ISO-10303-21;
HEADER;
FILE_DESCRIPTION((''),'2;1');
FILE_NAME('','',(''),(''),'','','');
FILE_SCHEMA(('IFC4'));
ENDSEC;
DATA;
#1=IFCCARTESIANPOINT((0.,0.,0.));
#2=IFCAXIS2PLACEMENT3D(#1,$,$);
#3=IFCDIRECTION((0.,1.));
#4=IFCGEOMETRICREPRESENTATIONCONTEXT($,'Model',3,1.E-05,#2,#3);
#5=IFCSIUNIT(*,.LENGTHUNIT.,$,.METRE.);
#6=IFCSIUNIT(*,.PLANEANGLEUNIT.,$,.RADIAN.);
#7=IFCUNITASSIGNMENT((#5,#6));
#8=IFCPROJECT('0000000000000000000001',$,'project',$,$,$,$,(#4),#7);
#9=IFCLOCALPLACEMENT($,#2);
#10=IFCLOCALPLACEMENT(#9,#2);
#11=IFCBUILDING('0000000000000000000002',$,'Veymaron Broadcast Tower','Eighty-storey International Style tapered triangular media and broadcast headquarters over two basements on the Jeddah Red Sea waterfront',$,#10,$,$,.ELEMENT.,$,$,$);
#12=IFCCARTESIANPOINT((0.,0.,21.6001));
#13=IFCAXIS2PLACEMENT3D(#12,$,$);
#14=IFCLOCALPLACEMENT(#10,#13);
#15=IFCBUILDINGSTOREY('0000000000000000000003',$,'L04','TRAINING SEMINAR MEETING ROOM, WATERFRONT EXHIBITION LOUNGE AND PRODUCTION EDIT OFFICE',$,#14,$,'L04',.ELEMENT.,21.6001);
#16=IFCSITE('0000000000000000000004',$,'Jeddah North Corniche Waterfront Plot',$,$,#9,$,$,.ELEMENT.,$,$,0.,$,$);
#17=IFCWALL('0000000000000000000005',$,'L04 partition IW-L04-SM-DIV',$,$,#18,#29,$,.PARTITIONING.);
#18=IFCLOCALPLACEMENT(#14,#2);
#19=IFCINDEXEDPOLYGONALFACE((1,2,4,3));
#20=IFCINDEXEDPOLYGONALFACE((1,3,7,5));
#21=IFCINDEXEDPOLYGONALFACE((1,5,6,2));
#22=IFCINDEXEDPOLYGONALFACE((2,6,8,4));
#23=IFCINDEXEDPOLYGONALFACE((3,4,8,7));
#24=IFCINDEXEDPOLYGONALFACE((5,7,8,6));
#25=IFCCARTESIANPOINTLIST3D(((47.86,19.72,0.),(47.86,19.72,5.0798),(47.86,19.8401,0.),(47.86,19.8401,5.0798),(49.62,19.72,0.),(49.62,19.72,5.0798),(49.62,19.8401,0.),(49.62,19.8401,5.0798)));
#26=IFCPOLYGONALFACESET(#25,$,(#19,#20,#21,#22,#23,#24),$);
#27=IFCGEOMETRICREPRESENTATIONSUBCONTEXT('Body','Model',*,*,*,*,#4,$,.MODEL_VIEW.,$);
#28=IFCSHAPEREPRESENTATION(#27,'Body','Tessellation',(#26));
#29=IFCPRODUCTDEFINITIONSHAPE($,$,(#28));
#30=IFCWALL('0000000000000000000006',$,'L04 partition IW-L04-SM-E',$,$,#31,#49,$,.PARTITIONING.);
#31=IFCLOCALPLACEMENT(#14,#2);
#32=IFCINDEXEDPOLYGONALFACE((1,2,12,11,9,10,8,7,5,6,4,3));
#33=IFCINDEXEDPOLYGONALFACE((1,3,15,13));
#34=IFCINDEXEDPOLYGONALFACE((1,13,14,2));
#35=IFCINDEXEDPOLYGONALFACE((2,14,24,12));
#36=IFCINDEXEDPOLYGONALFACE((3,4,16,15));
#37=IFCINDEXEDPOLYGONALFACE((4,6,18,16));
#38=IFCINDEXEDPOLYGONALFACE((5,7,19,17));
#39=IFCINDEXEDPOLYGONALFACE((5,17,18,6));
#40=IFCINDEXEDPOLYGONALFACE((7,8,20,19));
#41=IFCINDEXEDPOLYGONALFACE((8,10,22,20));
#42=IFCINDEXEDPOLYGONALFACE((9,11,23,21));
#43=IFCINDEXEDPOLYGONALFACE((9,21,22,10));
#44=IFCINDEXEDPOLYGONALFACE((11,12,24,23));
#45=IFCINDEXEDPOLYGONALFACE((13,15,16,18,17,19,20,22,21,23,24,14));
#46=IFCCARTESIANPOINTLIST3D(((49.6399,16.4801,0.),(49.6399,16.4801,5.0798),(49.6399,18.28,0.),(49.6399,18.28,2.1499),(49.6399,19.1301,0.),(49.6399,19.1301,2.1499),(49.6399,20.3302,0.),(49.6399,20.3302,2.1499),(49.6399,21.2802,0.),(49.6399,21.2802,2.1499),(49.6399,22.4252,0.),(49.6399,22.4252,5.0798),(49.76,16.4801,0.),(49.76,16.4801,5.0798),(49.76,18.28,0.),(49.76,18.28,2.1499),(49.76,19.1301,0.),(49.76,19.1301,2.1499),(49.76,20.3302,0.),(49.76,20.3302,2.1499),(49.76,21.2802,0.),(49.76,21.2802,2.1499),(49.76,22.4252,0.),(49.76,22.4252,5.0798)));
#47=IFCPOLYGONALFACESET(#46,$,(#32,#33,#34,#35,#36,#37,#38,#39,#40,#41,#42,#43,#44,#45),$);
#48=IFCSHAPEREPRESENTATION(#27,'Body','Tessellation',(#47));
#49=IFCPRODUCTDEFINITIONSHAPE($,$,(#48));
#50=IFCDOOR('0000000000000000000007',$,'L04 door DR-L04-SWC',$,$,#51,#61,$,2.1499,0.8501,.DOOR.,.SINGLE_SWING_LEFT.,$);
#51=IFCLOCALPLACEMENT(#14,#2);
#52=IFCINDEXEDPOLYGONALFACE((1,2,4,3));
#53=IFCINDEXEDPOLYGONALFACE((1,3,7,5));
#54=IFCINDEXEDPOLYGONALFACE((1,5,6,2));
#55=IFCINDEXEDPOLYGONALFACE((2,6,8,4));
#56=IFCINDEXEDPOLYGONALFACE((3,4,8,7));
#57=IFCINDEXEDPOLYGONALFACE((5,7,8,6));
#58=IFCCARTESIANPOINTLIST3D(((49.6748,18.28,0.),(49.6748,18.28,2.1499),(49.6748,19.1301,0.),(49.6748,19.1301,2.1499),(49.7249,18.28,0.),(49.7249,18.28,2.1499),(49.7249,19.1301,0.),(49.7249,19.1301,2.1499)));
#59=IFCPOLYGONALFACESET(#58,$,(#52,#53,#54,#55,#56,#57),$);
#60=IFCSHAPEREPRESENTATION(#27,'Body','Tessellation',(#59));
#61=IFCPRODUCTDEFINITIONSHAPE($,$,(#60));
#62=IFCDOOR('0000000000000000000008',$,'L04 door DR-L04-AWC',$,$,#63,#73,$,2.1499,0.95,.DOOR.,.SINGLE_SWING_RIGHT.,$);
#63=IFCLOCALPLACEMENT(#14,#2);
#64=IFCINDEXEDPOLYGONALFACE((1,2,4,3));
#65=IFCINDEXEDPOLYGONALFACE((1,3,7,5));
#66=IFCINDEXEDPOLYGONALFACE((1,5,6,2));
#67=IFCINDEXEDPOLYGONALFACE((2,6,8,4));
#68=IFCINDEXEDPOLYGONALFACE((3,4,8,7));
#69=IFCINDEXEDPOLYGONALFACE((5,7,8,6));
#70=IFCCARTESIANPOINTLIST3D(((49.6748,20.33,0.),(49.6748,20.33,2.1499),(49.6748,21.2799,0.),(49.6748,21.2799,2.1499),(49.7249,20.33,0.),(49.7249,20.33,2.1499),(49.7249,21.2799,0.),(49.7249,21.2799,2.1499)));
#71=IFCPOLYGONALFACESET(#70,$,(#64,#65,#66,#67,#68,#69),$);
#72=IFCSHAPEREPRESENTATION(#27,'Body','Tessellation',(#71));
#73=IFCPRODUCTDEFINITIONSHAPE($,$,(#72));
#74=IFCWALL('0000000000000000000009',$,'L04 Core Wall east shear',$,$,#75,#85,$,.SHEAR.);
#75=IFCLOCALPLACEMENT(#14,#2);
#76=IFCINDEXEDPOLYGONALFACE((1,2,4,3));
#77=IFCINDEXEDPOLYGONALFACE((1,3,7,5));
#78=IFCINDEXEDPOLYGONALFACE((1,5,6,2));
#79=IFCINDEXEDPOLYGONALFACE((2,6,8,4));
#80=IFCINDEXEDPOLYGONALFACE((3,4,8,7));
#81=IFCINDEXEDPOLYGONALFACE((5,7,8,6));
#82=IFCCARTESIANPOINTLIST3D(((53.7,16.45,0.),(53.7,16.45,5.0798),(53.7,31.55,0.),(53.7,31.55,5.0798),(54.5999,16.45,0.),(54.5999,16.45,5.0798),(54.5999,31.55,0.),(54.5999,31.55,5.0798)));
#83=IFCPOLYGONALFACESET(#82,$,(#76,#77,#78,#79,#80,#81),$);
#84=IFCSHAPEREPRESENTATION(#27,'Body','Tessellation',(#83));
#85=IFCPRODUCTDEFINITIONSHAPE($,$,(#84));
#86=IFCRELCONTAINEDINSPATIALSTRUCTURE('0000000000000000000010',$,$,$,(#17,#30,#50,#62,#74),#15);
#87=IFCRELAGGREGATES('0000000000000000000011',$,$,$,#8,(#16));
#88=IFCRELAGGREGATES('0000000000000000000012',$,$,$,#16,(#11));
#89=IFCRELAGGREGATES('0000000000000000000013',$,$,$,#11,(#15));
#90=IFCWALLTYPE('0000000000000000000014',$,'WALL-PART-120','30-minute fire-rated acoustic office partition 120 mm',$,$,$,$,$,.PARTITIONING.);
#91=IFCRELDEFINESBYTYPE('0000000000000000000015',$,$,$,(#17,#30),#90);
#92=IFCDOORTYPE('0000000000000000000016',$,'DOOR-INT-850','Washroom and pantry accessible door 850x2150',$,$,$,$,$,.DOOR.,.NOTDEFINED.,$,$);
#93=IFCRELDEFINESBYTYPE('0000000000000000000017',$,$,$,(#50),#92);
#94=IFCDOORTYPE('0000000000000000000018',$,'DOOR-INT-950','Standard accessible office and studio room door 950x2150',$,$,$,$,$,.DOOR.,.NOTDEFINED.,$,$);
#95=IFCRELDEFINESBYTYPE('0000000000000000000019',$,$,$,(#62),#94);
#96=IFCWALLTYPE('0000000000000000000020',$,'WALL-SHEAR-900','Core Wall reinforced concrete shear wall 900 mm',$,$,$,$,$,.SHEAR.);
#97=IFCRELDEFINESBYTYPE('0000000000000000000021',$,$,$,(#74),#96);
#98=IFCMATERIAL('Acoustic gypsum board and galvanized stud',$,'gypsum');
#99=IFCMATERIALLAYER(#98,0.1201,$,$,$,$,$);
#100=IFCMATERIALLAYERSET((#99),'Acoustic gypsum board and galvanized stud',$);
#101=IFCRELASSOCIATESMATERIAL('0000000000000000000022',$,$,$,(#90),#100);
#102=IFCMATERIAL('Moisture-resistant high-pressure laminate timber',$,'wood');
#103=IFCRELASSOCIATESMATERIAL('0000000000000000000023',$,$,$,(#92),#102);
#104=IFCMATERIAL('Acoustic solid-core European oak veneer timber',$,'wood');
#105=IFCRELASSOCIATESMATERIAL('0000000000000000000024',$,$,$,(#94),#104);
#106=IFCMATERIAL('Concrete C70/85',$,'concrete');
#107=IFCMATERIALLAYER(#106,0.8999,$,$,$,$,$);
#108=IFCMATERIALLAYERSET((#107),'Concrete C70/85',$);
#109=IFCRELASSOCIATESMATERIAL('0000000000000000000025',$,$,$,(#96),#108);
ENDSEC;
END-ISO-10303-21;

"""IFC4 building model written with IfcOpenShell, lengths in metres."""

from ifc_helpers import new_model, si_unit, direction, frame, frame_2d, origin, place, context, subcontext, project, spatial, rectangle, extrude, material, layer, layer_set, type_object, element, fill, save


model = new_model("IFC4")

# Units and contexts
model_context = context("Model", 3, precision=1e-05, world=origin(), true_north=direction((0.0, 1.0)))
body_context = subcontext(model_context, "Body", "Model", "MODEL_VIEW")
ifc_project = project(units=[si_unit("LENGTHUNIT", "METRE"), si_unit("PLANEANGLEUNIT", "RADIAN")], contexts=[model_context])

# Site, building, storey
site_placement = place(None, origin())
site = spatial("IfcSite", under=ifc_project, at=site_placement, Name="Jeddah North Corniche Waterfront Plot", CompositionType="ELEMENT", RefElevation=0.0)
building_placement = place(site_placement, origin())
building = spatial("IfcBuilding", under=site, at=building_placement, Name="Veymaron Broadcast Tower", Description="Eighty-storey International Style tapered triangular media and broadcast headquarters over two basements on the Jeddah Red Sea waterfront", CompositionType="ELEMENT")
storey_placement = place(building_placement, frame((0.0, 0.0, 21.6001)))
storey = spatial("IfcBuildingStorey", under=building, at=storey_placement, Name="L04", Description="TRAINING SEMINAR MEETING ROOM, WATERFRONT EXHIBITION LOUNGE AND PRODUCTION EDIT OFFICE", LongName="L04", CompositionType="ELEMENT", Elevation=21.6001)

# Wall
ifc_material_1 = material(Name="Acoustic gypsum board and galvanized stud", Category="gypsum")
ifc_layer_1 = layer(ifc_material_1, 0.1201)
ifc_layer_set_1 = layer_set([ifc_layer_1], Name="Acoustic gypsum board and galvanized stud")
wall_type_1 = type_object("IfcWallType", Name="WALL-PART-120", Description="30-minute fire-rated acoustic office partition 120 mm", PredefinedType="PARTITIONING", material=ifc_layer_set_1)
wall_1_placement = place(storey_placement, frame((47.8601, 19.78, 0.0), z_axis=(0.0, 0.0, 1.0), x_axis=(1.0, 0.0, 0.0)))
element("IfcWall", 1, at=wall_1_placement, inside=storey, type_object=wall_type_1, Name="L04 partition IW-L04-SM-DIV", PredefinedType="PARTITIONING", context=body_context, shape_type="SweptSolid", body=[
    extrude(rectangle(XDim=1.76, YDim=0.1201, at=frame_2d((0.8799, 0.0))), origin(), (0.0, 0.0, 1.0), 5.0798),
])

# Wall, openings, doors
wall_2_placement = place(storey_placement, frame((49.7, 16.48, 0.0), z_axis=(0.0, 0.0, 1.0), x_axis=(0.0, 1.0, 0.0)))
wall_2 = element("IfcWall", 2, at=wall_2_placement, inside=storey, type_object=wall_type_1, Name="L04 partition IW-L04-SM-E", PredefinedType="PARTITIONING", context=body_context, shape_type="SweptSolid", body=[
    extrude(rectangle(XDim=5.9451, YDim=0.1201, at=frame_2d((2.9727, 0.0))), origin(), (0.0, 0.0, 1.0), 5.0798),
])
opening_1_placement = place(wall_2_placement, frame((1.8, 0.0, 0.0)))
opening_1 = element("IfcOpeningElement", 3, at=opening_1_placement, cuts=wall_2, PredefinedType="OPENING", context=body_context, shape_type="SweptSolid", body=[
    extrude(rectangle(XDim=0.8501, YDim=2.1499, at=frame_2d((0.425, 1.075))), frame((0.0, 0.0701, 0.0), z_axis=(0.0, -1.0, 0.0), x_axis=(1.0, 0.0, 0.0)), (0.0, 0.0, 1.0), 0.1401),
])
opening_2_placement = place(wall_2_placement, frame((3.8501, 0.0, 0.0)))
opening_2 = element("IfcOpeningElement", 4, at=opening_2_placement, cuts=wall_2, PredefinedType="OPENING", context=body_context, shape_type="SweptSolid", body=[
    extrude(rectangle(XDim=0.95, YDim=2.1499, at=frame_2d((0.4751, 1.075))), frame((0.0, 0.0701, 0.0), z_axis=(0.0, -1.0, 0.0), x_axis=(1.0, 0.0, 0.0)), (0.0, 0.0, 1.0), 0.1401),
])
ifc_material_2 = material(Name="Moisture-resistant high-pressure laminate timber", Category="wood")
door_type_1 = type_object("IfcDoorType", Name="DOOR-INT-850", Description="Washroom and pantry accessible door 850x2150", OperationType="NOTDEFINED", PredefinedType="DOOR", material=ifc_material_2)
door_1_placement = place(opening_1_placement, frame((0.8501, 0.0, 0.0), z_axis=(0.0, 0.0, 1.0), x_axis=(-1.0, 0.0, 0.0)))
door_1 = element("IfcDoor", 5, at=door_1_placement, inside=storey, type_object=door_type_1, Name="L04 door DR-L04-SWC", OperationType="SINGLE_SWING_LEFT", OverallHeight=2.1499, OverallWidth=0.8501, PredefinedType="DOOR", context=body_context, shape_type="SweptSolid", body=[
    extrude(rectangle(XDim=0.8501, YDim=2.1499, at=frame_2d((0.425, 1.075))), frame((0.0, 0.0249, 0.0), z_axis=(0.0, -1.0, 0.0), x_axis=(1.0, 0.0, 0.0)), (0.0, 0.0, 1.0), 0.05),
])
fill(opening_1, door_1)
ifc_material_3 = material(Name="Acoustic solid-core European oak veneer timber", Category="wood")
door_type_2 = type_object("IfcDoorType", Name="DOOR-INT-950", Description="Standard accessible office and studio room door 950x2150", OperationType="NOTDEFINED", PredefinedType="DOOR", material=ifc_material_3)
door_2_placement = place(opening_2_placement, frame((0.95, 0.0, 0.0), z_axis=(0.0, 0.0, 1.0), x_axis=(-1.0, 0.0, 0.0)))
door_2 = element("IfcDoor", 6, at=door_2_placement, inside=storey, type_object=door_type_2, Name="L04 door DR-L04-AWC", OperationType="SINGLE_SWING_RIGHT", OverallHeight=2.1499, OverallWidth=0.95, PredefinedType="DOOR", context=body_context, shape_type="SweptSolid", body=[
    extrude(rectangle(XDim=0.95, YDim=2.1499, at=frame_2d((0.4751, 1.075))), frame((0.0, 0.0249, 0.0), z_axis=(0.0, -1.0, 0.0), x_axis=(1.0, 0.0, 0.0)), (0.0, 0.0, 1.0), 0.05),
])
fill(opening_2, door_2)

# Wall
ifc_material_4 = material(Name="Concrete C70/85", Category="concrete")
ifc_layer_2 = layer(ifc_material_4, 0.8999)
ifc_layer_set_2 = layer_set([ifc_layer_2], Name="Concrete C70/85")
wall_type_2 = type_object("IfcWallType", Name="WALL-SHEAR-900", Description="Core Wall reinforced concrete shear wall 900 mm", PredefinedType="SHEAR", material=ifc_layer_set_2)
wall_3_placement = place(storey_placement, frame((54.1499, 16.45, 0.0), z_axis=(0.0, 0.0, 1.0), x_axis=(0.0, 1.0, 0.0)))
element("IfcWall", 7, at=wall_3_placement, inside=storey, type_object=wall_type_2, Name="L04 Core Wall east shear", PredefinedType="SHEAR", context=body_context, shape_type="SweptSolid", body=[
    extrude(rectangle(XDim=15.1001, YDim=0.8999, at=frame_2d((7.55, 0.0))), origin(), (0.0, 0.0, 1.0), 5.0798),
])

save(model, "model.ifc")
